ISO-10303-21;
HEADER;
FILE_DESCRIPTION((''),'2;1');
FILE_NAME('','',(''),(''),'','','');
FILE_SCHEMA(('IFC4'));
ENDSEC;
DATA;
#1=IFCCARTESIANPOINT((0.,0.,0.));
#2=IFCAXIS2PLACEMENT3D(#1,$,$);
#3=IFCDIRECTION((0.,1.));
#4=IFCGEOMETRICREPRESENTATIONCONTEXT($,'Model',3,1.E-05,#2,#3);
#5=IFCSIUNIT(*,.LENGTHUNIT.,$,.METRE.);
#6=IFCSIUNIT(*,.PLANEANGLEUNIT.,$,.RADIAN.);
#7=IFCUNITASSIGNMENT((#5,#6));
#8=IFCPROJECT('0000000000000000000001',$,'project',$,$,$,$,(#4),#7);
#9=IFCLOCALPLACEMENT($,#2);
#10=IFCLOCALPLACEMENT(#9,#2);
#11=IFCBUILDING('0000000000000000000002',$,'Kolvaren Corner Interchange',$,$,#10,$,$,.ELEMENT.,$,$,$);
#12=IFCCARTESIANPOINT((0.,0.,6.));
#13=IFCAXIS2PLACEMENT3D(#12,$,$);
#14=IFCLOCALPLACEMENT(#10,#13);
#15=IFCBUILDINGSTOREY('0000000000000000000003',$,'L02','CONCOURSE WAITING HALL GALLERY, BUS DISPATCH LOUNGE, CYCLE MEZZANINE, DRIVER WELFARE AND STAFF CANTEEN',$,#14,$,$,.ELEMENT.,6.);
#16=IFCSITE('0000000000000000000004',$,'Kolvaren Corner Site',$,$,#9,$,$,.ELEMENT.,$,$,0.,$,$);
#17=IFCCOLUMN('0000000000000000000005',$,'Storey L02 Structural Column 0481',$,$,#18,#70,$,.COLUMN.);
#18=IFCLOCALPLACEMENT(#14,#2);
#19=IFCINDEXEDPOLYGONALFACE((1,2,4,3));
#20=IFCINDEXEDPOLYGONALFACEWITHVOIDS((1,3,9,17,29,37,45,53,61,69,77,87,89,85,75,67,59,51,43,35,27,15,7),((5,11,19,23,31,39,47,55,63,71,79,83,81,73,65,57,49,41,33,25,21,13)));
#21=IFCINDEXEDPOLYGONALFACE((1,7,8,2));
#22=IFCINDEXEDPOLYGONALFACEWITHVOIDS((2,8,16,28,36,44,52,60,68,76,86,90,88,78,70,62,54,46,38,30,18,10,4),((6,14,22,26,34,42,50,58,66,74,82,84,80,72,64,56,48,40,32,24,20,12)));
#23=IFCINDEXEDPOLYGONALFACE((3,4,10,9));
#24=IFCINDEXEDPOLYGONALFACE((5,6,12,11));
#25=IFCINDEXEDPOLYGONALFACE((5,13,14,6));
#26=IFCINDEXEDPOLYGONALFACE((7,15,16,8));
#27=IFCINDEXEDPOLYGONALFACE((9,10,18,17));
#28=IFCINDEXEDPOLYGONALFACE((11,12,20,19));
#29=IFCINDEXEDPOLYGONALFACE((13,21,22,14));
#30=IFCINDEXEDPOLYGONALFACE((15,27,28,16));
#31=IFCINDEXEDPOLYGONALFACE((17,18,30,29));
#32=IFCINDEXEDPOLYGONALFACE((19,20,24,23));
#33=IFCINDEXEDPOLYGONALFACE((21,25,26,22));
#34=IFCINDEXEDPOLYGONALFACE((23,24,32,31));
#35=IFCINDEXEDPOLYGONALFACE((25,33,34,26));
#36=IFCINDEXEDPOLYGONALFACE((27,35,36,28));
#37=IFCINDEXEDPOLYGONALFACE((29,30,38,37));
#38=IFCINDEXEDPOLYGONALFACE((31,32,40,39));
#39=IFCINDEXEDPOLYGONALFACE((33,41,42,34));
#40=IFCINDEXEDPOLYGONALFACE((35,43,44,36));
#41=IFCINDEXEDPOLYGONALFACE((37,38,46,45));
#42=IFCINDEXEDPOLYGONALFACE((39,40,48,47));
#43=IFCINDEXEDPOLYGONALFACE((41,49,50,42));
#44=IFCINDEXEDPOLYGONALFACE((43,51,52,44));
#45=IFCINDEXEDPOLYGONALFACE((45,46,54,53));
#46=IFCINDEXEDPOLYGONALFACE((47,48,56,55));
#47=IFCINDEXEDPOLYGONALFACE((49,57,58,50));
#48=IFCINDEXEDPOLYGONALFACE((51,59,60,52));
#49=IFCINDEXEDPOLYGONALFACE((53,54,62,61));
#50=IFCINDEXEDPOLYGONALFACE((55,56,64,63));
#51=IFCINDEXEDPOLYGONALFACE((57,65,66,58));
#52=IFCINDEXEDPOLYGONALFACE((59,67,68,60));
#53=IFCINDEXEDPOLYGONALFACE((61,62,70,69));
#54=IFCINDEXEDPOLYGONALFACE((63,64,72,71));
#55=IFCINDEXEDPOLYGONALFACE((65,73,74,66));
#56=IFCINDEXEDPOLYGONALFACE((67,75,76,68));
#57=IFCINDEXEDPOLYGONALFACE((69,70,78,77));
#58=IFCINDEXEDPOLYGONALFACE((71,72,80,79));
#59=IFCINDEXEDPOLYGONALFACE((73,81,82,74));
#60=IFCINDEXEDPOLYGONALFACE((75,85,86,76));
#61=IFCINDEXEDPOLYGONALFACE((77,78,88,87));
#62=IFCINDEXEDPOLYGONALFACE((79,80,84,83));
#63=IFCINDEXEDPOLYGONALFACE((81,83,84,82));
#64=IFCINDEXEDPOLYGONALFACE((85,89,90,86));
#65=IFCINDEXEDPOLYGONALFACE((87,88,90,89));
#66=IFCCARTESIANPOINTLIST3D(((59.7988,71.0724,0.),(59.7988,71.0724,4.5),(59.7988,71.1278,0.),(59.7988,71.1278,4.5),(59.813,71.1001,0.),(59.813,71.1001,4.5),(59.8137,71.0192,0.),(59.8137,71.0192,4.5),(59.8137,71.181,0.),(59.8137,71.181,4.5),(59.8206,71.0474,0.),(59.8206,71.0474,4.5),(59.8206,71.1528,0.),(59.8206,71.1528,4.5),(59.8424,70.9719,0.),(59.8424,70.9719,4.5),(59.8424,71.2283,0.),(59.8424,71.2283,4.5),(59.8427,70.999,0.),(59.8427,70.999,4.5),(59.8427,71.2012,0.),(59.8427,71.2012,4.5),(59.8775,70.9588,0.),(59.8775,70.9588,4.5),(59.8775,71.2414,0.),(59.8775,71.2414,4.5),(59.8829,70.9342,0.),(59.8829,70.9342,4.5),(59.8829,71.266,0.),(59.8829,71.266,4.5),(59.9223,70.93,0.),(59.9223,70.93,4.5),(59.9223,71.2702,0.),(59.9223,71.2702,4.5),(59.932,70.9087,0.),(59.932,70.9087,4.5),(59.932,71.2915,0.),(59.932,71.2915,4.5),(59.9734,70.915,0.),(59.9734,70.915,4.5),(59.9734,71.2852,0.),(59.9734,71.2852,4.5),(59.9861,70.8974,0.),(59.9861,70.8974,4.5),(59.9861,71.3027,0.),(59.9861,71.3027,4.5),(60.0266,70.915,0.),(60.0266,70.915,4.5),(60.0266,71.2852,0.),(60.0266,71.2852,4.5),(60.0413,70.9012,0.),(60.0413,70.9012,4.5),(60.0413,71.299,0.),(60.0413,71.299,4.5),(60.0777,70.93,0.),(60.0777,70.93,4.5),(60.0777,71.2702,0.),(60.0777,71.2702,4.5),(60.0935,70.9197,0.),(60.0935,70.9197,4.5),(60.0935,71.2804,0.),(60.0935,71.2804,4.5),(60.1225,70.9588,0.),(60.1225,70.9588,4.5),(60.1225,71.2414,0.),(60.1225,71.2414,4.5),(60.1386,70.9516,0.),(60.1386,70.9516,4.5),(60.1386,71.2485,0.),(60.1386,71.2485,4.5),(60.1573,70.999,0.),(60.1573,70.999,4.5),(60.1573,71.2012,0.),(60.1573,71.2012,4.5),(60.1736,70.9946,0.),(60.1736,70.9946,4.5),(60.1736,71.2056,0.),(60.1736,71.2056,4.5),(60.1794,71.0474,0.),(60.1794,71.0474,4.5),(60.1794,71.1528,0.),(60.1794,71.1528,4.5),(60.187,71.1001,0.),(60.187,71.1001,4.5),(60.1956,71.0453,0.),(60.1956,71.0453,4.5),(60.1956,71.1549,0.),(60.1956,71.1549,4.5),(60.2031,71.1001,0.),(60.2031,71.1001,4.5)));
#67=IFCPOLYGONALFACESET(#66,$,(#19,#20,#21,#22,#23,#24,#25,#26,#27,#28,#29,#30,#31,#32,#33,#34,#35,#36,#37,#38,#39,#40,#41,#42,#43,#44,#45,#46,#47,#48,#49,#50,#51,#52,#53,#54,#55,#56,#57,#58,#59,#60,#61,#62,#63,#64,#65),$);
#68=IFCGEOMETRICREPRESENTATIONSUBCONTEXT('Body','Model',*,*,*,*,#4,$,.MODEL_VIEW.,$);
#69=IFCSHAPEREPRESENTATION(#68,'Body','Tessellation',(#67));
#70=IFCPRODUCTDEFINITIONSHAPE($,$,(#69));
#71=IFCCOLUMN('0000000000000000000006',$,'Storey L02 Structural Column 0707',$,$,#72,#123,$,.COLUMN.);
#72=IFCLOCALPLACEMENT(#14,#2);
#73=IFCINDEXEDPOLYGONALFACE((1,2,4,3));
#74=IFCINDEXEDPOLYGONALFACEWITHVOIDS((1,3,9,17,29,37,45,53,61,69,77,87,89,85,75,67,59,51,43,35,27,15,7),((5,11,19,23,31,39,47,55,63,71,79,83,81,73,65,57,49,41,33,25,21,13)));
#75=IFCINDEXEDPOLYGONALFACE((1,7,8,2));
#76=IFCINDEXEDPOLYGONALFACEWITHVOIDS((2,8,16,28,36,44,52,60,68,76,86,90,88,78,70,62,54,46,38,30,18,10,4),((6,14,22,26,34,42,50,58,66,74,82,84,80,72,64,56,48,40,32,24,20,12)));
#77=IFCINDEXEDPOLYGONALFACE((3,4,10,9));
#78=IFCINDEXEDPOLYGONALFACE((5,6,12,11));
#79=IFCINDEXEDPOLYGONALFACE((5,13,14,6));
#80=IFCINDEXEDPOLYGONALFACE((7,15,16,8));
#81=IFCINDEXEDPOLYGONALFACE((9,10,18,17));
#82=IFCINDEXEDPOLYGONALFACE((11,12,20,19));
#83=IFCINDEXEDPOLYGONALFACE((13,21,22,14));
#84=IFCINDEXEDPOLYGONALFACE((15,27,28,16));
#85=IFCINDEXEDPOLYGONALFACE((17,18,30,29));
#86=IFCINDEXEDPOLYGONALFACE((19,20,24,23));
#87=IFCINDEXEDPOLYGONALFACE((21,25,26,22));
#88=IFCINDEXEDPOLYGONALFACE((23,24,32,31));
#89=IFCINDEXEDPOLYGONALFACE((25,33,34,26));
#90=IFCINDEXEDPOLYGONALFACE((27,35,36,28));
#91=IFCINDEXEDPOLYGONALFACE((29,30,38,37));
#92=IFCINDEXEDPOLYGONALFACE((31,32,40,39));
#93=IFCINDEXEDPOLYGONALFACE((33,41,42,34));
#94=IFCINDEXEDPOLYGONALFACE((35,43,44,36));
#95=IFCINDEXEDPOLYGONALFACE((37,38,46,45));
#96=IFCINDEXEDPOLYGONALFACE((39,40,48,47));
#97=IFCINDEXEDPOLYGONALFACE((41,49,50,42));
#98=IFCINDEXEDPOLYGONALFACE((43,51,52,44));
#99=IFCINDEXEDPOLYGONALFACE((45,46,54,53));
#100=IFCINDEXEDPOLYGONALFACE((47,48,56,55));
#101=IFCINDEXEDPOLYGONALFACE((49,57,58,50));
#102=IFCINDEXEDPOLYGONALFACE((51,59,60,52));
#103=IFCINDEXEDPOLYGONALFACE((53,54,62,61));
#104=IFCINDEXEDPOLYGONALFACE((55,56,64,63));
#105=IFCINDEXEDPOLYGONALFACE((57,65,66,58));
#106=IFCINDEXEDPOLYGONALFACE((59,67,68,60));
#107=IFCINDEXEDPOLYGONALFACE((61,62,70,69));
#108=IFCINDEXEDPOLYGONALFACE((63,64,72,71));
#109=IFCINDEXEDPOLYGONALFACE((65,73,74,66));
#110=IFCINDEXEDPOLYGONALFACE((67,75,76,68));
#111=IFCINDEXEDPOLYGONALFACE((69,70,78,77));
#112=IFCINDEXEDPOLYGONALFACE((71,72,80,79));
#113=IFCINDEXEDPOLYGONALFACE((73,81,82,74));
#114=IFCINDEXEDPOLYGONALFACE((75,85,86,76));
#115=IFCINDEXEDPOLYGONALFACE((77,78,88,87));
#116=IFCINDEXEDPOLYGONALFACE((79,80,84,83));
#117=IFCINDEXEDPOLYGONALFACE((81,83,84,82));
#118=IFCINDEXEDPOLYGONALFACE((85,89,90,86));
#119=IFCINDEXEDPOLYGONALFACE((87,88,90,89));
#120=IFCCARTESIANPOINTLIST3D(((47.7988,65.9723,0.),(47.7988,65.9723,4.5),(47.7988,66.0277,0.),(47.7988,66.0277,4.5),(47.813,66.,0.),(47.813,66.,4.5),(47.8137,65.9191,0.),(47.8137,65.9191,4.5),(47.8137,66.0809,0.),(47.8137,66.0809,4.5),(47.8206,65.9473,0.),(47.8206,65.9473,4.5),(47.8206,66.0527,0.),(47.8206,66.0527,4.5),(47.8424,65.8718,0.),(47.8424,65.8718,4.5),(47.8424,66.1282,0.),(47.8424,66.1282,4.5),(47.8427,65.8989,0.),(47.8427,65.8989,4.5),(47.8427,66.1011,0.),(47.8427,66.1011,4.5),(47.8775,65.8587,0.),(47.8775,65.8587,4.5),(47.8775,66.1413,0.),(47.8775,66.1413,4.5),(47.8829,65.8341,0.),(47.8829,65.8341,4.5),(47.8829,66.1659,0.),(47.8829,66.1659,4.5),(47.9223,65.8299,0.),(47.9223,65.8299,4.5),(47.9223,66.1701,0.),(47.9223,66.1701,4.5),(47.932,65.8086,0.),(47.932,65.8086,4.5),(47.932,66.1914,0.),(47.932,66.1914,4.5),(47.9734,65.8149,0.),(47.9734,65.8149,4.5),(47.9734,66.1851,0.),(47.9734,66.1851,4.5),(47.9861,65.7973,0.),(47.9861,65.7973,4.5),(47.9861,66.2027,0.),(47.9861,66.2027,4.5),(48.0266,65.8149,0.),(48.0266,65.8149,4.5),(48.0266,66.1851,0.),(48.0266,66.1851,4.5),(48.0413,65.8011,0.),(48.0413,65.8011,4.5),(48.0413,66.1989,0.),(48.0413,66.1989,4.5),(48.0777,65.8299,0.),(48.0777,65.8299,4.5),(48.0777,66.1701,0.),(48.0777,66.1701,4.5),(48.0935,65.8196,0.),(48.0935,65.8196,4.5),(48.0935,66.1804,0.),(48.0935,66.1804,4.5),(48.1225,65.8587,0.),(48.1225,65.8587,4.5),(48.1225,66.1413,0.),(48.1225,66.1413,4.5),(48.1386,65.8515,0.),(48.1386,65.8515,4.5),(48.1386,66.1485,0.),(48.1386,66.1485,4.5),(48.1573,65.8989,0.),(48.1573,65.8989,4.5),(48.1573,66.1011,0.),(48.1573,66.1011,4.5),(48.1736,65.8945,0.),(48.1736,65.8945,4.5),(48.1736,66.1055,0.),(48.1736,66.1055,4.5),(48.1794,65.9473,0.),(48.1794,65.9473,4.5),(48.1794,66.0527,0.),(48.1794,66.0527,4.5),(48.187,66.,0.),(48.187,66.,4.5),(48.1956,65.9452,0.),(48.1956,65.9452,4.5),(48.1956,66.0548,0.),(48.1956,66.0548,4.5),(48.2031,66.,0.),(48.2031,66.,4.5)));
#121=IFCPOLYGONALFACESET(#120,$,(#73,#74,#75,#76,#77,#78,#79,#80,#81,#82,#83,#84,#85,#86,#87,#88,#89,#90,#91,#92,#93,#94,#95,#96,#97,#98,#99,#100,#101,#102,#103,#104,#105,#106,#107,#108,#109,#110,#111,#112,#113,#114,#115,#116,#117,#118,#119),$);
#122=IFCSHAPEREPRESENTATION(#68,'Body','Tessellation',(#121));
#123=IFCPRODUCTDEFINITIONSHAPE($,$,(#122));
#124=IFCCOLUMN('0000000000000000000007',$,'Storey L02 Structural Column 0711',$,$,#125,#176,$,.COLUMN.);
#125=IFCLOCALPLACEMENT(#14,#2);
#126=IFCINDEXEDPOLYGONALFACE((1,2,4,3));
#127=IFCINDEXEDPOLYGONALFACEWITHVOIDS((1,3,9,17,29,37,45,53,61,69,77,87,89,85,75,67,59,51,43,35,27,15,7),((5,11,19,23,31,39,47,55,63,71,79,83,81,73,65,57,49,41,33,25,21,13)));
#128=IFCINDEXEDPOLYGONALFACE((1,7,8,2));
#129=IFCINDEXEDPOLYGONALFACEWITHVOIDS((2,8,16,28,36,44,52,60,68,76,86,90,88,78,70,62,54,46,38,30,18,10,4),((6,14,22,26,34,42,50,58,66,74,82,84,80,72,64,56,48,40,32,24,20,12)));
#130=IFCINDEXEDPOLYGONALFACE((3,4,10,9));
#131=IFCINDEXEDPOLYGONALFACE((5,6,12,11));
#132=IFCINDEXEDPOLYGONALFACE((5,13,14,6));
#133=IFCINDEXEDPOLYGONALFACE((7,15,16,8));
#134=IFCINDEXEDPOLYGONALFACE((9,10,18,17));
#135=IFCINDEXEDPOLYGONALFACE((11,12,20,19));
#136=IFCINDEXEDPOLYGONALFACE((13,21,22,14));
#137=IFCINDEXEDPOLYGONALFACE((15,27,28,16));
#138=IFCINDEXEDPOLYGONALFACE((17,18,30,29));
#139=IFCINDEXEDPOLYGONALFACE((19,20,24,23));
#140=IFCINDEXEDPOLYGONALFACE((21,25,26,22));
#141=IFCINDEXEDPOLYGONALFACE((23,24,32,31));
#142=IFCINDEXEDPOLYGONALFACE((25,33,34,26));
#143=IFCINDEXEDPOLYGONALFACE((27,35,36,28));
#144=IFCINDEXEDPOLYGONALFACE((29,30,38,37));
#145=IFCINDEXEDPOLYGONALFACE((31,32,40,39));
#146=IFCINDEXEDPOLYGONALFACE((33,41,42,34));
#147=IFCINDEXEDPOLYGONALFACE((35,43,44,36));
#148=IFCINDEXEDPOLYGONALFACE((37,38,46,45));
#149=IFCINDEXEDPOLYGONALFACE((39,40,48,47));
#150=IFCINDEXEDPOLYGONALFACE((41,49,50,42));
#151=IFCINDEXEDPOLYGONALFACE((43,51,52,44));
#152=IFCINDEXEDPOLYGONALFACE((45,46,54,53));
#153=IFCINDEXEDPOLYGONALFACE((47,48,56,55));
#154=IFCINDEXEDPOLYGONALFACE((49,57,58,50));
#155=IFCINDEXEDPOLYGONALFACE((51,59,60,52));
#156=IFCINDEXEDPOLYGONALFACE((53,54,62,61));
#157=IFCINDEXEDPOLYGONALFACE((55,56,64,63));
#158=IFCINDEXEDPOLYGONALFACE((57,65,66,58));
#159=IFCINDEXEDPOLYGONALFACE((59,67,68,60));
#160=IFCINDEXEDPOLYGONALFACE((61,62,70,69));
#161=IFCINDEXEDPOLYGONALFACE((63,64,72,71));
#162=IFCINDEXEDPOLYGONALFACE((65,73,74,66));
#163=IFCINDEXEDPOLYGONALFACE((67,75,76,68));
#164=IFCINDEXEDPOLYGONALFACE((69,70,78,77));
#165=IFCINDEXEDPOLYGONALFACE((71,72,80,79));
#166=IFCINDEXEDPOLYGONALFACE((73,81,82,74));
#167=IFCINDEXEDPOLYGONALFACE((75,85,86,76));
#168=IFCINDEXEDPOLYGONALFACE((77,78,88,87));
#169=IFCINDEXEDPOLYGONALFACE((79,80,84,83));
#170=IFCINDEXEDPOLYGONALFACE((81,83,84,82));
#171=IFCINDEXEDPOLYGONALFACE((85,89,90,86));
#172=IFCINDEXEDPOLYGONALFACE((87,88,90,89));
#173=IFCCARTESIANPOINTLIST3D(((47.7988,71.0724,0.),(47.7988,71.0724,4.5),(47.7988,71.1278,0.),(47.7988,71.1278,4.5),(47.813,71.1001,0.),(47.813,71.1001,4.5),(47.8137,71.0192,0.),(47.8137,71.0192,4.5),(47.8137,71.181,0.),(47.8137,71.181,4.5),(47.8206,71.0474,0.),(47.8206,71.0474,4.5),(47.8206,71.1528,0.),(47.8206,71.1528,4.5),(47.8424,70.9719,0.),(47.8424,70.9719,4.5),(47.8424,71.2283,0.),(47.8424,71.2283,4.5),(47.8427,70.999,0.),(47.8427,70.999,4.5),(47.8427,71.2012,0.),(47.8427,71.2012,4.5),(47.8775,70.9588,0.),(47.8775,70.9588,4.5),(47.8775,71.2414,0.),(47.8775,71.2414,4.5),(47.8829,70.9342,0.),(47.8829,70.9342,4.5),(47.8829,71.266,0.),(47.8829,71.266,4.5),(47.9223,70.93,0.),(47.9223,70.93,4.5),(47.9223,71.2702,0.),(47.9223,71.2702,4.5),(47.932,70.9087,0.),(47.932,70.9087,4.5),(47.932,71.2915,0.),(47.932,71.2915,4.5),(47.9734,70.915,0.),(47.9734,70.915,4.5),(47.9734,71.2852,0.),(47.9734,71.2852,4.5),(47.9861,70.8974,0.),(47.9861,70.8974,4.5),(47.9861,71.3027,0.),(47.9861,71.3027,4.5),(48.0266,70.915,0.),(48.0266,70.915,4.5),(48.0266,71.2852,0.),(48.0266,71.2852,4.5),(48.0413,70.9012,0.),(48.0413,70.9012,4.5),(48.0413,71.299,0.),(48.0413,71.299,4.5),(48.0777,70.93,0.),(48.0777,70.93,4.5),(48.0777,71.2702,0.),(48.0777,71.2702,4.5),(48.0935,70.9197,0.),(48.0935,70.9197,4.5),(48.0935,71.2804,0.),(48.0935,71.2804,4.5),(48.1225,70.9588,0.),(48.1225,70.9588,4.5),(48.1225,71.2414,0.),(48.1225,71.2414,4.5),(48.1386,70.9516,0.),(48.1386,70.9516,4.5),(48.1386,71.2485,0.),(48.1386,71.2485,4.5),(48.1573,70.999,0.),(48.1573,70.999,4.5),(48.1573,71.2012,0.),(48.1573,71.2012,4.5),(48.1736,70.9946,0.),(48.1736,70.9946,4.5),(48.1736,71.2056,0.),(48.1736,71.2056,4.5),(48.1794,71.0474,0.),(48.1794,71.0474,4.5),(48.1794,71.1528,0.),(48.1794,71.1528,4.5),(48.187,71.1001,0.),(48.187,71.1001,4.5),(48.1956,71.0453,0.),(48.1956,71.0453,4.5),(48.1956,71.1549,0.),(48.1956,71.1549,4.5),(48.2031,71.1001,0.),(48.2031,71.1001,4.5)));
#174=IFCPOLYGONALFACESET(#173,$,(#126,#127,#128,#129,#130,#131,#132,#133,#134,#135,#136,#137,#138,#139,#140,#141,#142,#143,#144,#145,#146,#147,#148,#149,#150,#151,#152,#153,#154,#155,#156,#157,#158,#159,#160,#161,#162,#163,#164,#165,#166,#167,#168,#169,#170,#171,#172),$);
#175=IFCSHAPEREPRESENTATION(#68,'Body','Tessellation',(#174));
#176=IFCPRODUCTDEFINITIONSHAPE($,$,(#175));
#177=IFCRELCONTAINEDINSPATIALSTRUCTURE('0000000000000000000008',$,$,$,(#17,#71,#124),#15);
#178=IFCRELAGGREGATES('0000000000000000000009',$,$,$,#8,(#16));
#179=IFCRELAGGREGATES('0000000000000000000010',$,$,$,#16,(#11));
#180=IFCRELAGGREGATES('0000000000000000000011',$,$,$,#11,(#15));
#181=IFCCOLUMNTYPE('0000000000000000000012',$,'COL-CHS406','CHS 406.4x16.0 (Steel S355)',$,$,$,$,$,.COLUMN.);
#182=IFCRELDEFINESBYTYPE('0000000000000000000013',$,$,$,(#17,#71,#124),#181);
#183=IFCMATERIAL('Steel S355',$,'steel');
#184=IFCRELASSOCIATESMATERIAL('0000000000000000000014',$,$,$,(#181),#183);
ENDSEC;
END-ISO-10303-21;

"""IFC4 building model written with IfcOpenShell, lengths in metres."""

from ifc_helpers import new_model, si_unit, direction, frame, origin, origin_2d, place, context, subcontext, project, spatial, hollow_circle, extrude, material, material_profile, profile_set, type_object, element, save


model = new_model("IFC4")

# Units and contexts
model_context = context("Model", 3, precision=1e-05, world=origin(), true_north=direction((0.0, 1.0)))
body_context = subcontext(model_context, "Body", "Model", "MODEL_VIEW")
ifc_project = project(units=[si_unit("LENGTHUNIT", "METRE"), si_unit("PLANEANGLEUNIT", "RADIAN")], contexts=[model_context])

# Site, building, storey
site_placement = place(None, origin())
site = spatial("IfcSite", under=ifc_project, at=site_placement, Name="Kolvaren Corner Site", CompositionType="ELEMENT", RefElevation=0.0)
building_placement = place(site_placement, origin())
building = spatial("IfcBuilding", under=site, at=building_placement, Name="Kolvaren Corner Interchange", CompositionType="ELEMENT")
storey_placement = place(building_placement, frame((0.0, 0.0, 6.0)))
storey = spatial("IfcBuildingStorey", under=building, at=storey_placement, Name="L02", Description="CONCOURSE WAITING HALL GALLERY, BUS DISPATCH LOUNGE, CYCLE MEZZANINE, DRIVER WELFARE AND STAFF CANTEEN", CompositionType="ELEMENT", Elevation=6.0)

# Columns
ifc_material_1 = material(Name="Steel S355", Category="steel")
ifc_material_profile_1 = material_profile(ifc_material_1, hollow_circle(Radius=0.2031, WallThickness=0.0161, at=origin_2d()), Name="CHS 406.4x16.0")
ifc_profile_set_1 = profile_set([ifc_material_profile_1], Name="Steel S355")
column_type_1 = type_object("IfcColumnType", Name="COL-CHS406", Description="CHS 406.4x16.0 (Steel S355)", PredefinedType="COLUMN", material=ifc_profile_set_1)
for number, where, z_axis, x_axis, name in (
    (1, (60.0, 71.1001, 0.0), (0.0, 0.0, 1.0), (1.0, 0.0, 0.0), "Storey L02 Structural Column 0481"),
    (2, (48.0, 66.0, 0.0), (0.0, 0.0, 1.0), (1.0, 0.0, 0.0), "Storey L02 Structural Column 0707"),
    (3, (48.0, 71.1001, 0.0), (0.0, 0.0, 1.0), (1.0, 0.0, 0.0), "Storey L02 Structural Column 0711"),
):
    element("IfcColumn", number, at=place(storey_placement, frame(where, z_axis=z_axis, x_axis=x_axis)), inside=storey, type_object=column_type_1, Name=name, PredefinedType="COLUMN", context=body_context, shape_type="SweptSolid", body=[
        extrude(hollow_circle(Radius=0.2031, WallThickness=0.0161, at=origin_2d()), origin(), (0.0, 0.0, 1.0), 4.5),
    ])

save(model, "model.ifc")
